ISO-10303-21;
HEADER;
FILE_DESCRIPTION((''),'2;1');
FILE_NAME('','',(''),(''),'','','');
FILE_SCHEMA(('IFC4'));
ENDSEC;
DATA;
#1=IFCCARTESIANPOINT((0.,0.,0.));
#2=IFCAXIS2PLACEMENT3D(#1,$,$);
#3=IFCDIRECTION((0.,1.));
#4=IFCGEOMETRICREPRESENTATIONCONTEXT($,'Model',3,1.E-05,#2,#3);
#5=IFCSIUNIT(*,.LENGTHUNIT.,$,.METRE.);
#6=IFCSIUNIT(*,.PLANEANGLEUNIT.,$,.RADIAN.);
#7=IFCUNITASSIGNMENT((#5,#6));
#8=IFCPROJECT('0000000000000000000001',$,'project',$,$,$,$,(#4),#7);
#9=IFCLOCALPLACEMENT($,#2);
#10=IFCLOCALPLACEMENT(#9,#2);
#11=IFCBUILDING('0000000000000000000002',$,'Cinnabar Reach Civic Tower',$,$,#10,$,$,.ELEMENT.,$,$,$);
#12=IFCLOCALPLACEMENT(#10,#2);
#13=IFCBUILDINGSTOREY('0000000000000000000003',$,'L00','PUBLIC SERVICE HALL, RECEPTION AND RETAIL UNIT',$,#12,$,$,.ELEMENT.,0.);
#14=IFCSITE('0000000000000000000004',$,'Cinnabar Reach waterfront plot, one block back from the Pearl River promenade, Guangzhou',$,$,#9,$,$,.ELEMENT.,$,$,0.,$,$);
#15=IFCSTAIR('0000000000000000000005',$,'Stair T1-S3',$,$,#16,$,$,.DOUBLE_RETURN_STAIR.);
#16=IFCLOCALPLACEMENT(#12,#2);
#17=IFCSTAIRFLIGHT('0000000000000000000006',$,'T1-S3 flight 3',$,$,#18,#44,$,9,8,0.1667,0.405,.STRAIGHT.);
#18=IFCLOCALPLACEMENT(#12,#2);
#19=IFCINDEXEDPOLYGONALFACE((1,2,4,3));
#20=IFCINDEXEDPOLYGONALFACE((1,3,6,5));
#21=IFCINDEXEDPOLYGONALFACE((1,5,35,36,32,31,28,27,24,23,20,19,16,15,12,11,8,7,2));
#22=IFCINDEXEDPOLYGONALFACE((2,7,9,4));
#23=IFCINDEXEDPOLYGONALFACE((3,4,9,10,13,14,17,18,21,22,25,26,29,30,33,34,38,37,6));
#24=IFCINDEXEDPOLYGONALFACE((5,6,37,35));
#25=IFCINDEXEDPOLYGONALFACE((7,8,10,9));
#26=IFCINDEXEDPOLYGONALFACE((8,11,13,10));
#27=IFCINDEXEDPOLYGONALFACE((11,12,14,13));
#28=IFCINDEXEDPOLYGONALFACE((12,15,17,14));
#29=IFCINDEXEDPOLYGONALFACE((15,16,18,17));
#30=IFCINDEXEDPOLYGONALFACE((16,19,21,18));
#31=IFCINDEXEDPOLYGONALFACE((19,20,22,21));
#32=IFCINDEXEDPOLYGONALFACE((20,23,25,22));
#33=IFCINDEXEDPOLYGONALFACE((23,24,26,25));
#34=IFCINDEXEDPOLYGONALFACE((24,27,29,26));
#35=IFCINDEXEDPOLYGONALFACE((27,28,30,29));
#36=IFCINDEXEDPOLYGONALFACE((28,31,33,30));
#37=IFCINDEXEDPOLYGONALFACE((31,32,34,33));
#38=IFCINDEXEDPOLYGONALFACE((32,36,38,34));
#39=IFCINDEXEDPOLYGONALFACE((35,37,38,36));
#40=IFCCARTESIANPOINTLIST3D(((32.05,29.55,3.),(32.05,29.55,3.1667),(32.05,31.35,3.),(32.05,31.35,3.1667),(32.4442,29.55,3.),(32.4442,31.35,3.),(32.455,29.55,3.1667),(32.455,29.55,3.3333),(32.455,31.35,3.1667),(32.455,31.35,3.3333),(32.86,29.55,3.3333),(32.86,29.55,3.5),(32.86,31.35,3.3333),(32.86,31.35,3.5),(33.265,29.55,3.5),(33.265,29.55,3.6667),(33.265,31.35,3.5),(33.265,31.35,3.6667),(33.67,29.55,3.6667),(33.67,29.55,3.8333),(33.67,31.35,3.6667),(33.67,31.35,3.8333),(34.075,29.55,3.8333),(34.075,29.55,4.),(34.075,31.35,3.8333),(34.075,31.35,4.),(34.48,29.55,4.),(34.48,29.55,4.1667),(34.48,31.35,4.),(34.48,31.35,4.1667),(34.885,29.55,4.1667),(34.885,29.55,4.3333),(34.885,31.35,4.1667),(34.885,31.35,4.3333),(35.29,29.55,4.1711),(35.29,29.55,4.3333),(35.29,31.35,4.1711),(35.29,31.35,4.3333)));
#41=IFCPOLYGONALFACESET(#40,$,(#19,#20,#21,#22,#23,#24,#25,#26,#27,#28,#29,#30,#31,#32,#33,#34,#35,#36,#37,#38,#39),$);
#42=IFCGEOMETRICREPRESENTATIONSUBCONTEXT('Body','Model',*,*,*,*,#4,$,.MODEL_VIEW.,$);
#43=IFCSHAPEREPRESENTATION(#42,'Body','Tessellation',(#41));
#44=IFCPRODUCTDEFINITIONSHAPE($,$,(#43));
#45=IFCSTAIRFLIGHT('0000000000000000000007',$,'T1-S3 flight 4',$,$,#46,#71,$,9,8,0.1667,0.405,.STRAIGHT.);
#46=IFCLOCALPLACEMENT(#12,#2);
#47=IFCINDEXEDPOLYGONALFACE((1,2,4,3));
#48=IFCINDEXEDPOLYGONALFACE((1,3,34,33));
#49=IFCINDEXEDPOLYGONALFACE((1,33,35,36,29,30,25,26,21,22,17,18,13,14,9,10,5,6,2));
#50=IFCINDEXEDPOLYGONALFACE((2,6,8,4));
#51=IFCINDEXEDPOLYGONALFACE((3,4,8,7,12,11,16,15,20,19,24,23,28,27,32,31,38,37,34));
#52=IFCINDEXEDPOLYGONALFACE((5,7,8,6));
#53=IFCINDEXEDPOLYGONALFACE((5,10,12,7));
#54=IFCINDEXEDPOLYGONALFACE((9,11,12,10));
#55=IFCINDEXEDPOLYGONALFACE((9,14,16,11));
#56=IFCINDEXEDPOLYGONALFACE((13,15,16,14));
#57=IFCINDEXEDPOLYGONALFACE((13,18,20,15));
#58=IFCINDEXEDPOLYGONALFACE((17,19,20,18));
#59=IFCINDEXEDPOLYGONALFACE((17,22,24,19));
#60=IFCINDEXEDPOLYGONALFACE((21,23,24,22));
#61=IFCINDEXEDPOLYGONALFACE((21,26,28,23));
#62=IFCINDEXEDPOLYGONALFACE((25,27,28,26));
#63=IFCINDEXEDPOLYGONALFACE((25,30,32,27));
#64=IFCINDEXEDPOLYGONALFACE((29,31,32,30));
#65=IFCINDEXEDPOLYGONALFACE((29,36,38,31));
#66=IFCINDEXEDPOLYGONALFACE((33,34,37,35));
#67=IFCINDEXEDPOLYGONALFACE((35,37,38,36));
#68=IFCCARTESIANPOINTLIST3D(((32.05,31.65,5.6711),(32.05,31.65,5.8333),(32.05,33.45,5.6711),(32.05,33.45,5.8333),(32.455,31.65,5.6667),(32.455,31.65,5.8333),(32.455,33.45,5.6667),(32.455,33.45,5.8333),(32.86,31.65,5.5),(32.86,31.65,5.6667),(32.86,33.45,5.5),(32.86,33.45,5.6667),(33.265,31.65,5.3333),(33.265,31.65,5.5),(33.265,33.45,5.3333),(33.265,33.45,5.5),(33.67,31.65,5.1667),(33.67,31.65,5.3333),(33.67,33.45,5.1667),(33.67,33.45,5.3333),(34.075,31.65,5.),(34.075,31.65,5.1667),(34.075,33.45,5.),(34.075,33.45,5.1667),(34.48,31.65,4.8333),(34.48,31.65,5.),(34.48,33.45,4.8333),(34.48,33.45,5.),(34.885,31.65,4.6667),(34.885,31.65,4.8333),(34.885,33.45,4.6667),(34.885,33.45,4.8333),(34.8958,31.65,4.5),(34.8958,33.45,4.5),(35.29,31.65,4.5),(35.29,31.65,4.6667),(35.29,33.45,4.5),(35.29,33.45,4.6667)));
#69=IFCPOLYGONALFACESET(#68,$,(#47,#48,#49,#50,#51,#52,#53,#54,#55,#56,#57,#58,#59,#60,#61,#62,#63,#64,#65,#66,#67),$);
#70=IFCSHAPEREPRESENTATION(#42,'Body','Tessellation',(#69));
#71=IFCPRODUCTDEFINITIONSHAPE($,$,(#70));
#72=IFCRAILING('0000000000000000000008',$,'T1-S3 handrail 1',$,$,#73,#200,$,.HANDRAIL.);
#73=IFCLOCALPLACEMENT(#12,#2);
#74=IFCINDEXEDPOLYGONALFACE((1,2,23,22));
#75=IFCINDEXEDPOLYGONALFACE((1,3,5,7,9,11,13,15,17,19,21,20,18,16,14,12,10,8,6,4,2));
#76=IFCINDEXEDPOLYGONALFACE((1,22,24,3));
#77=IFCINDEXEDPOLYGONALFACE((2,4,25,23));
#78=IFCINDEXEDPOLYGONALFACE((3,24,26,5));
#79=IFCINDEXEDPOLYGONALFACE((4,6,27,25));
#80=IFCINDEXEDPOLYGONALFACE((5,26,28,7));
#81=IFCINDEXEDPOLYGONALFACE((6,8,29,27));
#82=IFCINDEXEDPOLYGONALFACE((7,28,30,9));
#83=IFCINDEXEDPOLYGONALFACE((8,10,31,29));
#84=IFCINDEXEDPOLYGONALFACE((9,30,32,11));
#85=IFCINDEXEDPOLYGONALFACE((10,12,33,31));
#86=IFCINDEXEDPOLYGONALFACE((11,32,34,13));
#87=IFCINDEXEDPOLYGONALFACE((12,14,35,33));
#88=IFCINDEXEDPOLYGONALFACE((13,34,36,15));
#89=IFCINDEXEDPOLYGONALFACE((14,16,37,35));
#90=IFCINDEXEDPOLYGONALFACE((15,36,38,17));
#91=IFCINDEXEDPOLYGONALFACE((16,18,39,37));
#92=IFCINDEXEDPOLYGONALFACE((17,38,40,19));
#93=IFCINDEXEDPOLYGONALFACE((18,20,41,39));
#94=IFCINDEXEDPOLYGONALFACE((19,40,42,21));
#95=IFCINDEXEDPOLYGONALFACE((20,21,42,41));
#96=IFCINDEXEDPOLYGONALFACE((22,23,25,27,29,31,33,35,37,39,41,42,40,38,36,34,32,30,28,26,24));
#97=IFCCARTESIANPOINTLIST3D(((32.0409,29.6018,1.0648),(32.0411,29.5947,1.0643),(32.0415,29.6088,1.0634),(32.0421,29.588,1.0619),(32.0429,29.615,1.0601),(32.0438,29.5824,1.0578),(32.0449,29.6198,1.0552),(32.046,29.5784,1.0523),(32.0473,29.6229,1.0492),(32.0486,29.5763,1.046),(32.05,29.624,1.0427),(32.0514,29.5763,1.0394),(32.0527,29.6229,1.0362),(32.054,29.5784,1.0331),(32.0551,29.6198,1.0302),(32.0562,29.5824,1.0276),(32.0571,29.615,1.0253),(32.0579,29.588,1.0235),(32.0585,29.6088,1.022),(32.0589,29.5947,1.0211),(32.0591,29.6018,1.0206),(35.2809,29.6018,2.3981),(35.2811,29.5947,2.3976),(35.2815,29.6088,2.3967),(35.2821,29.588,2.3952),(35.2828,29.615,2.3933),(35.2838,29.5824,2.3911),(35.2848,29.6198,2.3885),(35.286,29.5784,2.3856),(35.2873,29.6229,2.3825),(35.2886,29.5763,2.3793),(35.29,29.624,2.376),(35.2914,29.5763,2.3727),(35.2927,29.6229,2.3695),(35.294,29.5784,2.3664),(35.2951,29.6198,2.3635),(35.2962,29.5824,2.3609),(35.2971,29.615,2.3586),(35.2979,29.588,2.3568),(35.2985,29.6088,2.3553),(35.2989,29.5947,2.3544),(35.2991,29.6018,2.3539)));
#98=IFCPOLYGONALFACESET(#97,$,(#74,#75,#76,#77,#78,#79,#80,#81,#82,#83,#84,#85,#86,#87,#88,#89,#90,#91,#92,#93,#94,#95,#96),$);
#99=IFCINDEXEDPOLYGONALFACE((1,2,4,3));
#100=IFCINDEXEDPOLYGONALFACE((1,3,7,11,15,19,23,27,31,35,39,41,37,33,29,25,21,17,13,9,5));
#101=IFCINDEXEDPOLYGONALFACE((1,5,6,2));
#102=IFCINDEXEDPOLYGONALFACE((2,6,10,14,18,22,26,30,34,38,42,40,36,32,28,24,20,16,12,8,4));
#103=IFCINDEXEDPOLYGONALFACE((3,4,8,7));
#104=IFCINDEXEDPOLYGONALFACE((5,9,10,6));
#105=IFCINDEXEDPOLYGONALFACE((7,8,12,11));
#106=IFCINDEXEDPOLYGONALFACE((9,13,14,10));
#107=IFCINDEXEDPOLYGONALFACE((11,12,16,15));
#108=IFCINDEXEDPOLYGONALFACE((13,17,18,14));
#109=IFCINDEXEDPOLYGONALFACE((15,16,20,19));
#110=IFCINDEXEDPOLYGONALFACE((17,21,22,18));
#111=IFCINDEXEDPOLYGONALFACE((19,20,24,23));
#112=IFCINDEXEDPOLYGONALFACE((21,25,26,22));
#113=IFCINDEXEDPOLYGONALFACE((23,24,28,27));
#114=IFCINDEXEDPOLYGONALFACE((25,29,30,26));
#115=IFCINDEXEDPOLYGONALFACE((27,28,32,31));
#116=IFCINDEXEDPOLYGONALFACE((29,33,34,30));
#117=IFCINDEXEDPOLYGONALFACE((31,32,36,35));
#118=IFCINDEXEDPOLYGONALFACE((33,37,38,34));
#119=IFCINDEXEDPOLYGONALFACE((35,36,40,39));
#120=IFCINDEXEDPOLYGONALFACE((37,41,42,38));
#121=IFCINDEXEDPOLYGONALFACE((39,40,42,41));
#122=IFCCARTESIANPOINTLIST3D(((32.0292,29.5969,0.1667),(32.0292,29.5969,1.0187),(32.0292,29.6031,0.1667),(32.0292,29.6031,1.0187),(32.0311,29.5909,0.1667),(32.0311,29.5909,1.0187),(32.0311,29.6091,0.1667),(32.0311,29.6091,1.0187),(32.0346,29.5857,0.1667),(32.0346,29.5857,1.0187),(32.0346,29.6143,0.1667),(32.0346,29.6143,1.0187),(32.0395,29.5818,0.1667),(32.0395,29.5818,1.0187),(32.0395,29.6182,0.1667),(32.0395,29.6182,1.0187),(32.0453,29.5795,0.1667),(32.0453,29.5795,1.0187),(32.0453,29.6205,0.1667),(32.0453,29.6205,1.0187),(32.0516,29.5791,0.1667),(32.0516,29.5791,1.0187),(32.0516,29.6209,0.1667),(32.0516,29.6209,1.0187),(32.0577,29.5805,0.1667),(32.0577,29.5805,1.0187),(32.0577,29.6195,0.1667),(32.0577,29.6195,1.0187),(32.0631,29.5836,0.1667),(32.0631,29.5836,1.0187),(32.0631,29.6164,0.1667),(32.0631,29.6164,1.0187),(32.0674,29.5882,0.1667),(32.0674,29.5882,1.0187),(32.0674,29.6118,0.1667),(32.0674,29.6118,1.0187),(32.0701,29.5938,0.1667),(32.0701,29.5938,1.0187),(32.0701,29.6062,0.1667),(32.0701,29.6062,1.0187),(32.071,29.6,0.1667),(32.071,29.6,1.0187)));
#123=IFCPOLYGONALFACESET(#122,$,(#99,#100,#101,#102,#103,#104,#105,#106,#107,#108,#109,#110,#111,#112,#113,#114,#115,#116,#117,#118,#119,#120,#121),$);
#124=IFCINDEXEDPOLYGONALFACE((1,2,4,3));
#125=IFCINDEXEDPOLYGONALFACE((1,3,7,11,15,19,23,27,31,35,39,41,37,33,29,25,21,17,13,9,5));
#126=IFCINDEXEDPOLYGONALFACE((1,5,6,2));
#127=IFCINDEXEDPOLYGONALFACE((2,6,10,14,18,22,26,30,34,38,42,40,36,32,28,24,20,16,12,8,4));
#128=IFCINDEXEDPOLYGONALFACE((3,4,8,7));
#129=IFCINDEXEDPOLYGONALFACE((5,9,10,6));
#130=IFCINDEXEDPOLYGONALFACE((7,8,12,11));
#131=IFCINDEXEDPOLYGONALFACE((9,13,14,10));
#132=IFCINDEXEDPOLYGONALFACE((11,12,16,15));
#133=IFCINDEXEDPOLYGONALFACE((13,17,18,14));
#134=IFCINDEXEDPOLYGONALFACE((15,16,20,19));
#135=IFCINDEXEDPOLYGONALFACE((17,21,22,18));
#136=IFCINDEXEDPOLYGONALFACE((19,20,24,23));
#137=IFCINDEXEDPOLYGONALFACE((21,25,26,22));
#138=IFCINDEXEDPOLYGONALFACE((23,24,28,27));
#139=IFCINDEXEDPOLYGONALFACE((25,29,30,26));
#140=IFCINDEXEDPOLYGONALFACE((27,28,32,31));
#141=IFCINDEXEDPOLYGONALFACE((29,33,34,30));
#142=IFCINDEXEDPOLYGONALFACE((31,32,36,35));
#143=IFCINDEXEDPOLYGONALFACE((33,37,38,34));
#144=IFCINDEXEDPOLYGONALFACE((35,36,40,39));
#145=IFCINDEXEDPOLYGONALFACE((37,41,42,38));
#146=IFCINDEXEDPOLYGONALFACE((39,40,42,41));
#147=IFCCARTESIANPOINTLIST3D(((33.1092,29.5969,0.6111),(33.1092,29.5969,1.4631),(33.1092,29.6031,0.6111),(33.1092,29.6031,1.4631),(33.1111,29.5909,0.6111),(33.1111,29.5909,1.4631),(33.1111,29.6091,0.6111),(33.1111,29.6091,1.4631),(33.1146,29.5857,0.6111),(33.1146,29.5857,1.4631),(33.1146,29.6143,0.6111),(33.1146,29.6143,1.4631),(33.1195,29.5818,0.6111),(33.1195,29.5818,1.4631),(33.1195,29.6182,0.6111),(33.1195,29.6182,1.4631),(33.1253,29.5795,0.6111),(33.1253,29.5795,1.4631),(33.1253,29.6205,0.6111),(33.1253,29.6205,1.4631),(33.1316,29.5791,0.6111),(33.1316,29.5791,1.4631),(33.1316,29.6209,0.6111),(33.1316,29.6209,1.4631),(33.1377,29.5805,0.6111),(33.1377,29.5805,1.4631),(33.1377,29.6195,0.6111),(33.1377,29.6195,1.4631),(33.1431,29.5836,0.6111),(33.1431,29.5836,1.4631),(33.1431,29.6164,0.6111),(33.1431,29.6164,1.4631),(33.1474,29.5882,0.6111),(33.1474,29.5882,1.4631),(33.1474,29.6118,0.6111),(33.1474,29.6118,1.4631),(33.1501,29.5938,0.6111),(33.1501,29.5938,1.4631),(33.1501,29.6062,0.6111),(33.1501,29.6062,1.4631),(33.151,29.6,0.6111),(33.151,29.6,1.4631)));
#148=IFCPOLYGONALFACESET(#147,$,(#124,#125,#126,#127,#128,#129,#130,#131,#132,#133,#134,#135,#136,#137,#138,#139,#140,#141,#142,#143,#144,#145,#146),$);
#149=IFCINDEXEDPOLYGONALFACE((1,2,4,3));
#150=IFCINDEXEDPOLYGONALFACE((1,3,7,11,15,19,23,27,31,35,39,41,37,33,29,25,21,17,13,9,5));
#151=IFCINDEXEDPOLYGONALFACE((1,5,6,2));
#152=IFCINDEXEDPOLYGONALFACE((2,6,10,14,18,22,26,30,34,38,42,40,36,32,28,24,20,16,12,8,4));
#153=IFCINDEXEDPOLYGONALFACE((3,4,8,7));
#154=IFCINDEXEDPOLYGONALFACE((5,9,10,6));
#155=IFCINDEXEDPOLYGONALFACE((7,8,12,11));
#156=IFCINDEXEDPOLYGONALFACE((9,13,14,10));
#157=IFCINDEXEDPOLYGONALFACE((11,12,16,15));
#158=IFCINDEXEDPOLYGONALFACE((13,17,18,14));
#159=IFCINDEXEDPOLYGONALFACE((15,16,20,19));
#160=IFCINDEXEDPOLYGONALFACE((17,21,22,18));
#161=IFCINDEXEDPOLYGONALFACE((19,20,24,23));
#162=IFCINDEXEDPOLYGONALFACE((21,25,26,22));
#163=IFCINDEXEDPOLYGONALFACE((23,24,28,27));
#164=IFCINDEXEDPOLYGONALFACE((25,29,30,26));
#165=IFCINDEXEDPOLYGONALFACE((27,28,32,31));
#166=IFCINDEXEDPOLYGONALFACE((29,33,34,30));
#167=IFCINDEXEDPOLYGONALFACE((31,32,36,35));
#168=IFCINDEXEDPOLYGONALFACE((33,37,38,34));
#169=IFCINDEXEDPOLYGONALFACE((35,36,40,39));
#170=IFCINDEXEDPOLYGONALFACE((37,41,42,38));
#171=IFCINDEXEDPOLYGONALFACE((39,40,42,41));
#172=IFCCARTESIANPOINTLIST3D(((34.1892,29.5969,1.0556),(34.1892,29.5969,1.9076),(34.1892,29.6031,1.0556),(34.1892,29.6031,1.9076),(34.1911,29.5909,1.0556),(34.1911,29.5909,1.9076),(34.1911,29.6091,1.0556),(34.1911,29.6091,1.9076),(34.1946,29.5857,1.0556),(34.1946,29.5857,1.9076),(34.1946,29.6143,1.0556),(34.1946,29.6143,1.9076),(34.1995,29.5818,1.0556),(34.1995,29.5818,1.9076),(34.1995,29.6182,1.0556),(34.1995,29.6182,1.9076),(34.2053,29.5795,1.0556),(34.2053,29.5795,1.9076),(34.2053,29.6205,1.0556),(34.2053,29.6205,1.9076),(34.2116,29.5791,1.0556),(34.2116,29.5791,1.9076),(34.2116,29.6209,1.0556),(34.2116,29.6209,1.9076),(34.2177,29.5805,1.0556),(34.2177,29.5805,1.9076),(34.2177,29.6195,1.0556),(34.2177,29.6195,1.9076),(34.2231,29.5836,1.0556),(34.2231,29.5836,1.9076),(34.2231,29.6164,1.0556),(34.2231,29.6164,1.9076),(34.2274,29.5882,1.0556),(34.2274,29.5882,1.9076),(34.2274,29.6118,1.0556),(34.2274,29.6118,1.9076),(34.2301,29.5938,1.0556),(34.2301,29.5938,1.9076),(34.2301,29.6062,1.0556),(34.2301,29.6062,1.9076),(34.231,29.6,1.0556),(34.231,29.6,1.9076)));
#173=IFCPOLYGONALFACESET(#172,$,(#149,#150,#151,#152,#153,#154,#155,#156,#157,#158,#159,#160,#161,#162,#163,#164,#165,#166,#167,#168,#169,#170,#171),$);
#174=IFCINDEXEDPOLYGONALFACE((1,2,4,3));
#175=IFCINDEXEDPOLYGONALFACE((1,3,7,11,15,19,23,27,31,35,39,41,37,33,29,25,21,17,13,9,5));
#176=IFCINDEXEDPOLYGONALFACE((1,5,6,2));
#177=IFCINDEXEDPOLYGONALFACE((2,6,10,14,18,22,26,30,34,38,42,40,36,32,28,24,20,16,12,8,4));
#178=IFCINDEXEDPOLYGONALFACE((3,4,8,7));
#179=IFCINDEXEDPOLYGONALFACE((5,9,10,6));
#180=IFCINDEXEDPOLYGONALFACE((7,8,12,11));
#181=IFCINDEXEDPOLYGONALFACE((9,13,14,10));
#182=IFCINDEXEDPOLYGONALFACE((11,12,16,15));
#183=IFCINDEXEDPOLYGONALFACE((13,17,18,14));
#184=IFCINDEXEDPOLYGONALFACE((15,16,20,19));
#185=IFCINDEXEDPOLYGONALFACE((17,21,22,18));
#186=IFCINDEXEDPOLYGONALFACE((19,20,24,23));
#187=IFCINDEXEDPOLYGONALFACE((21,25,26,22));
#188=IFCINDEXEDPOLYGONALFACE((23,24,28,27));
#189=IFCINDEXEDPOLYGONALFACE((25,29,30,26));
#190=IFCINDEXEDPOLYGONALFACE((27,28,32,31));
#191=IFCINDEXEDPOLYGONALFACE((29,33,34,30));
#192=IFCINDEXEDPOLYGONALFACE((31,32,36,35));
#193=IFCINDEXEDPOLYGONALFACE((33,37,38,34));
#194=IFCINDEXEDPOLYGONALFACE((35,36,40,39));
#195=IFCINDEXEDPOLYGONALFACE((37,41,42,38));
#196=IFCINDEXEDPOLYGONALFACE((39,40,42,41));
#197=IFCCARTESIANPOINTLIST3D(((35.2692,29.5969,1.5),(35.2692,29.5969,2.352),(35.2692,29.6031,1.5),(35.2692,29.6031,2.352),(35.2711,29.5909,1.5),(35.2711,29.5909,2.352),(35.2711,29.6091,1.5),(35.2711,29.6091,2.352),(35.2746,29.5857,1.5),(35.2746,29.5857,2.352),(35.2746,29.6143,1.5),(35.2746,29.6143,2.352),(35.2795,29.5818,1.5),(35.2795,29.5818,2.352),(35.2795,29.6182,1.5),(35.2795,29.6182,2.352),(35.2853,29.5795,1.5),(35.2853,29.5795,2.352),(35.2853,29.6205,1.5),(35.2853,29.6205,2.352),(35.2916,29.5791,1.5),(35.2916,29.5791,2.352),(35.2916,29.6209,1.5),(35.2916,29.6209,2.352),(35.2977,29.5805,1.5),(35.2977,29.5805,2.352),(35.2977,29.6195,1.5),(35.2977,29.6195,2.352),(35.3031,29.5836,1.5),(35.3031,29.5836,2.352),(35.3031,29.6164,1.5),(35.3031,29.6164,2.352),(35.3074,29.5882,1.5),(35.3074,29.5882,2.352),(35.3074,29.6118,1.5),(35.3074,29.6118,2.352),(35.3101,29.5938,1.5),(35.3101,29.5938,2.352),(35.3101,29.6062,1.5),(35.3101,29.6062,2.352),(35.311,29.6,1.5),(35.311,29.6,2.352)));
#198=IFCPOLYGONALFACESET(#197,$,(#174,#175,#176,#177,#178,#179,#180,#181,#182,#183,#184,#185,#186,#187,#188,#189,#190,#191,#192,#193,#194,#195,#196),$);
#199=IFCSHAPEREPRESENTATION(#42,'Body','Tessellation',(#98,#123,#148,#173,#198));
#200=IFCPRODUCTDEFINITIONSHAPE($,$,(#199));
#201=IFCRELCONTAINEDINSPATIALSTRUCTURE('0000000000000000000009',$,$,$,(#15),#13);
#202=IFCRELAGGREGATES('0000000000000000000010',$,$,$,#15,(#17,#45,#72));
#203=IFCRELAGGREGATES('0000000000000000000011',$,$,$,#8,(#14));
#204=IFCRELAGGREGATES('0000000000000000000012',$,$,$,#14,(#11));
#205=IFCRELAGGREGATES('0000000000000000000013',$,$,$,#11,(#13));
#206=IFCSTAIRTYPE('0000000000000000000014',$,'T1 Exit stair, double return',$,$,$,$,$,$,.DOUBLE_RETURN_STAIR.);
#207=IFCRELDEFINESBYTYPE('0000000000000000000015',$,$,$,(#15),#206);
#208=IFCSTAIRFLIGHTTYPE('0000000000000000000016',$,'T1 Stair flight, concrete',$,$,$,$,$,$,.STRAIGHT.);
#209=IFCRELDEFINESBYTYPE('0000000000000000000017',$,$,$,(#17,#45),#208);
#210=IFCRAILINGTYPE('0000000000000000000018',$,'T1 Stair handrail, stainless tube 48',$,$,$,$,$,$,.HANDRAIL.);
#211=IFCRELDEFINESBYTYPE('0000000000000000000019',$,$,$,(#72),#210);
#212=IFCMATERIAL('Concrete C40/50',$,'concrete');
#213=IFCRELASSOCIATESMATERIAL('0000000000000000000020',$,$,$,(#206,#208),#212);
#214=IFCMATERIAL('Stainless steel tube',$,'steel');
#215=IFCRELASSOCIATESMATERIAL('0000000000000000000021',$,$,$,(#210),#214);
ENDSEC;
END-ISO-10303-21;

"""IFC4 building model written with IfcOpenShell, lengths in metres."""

from ifc_helpers import new_model, si_unit, direction, frame, origin, origin_2d, place, context, subcontext, project, spatial, polyline, circle, outline, extrude, material, type_object, element, aggregate, save


model = new_model("IFC4")

# Units and contexts
model_context = context("Model", 3, precision=1e-05, world=origin(), true_north=direction((0.0, 1.0)))
body_context = subcontext(model_context, "Body", "Model", "MODEL_VIEW")
ifc_project = project(units=[si_unit("LENGTHUNIT", "METRE"), si_unit("PLANEANGLEUNIT", "RADIAN")], contexts=[model_context])

# Site, building, storey
site_placement = place(None, origin())
site = spatial("IfcSite", under=ifc_project, at=site_placement, Name="Cinnabar Reach waterfront plot, one block back from the Pearl River promenade, Guangzhou", CompositionType="ELEMENT", RefElevation=0.0)
building_placement = place(site_placement, origin())
building = spatial("IfcBuilding", under=site, at=building_placement, Name="Cinnabar Reach Civic Tower", CompositionType="ELEMENT")
storey_placement = place(building_placement, origin())
storey = spatial("IfcBuildingStorey", under=building, at=storey_placement, Name="L00", Description="PUBLIC SERVICE HALL, RECEPTION AND RETAIL UNIT", CompositionType="ELEMENT", Elevation=0.0)

# Stair, stair flights, railing
ifc_material_1 = material(Name="Concrete C40/50", Category="concrete")
stair_type = type_object("IfcStairType", Name="T1 Exit stair, double return", PredefinedType="DOUBLE_RETURN_STAIR", material=ifc_material_1)
stair_placement = place(storey_placement, origin())
stair = element("IfcStair", 1, at=stair_placement, inside=storey, type_object=stair_type, Name="Stair T1-S3", PredefinedType="DOUBLE_RETURN_STAIR")
stair_flight_type = type_object("IfcStairFlightType", Name="T1 Stair flight, concrete", PredefinedType="STRAIGHT", material=ifc_material_1)
stair_flight_1_placement = place(storey_placement, frame((32.05, 30.45, 3.0), z_axis=(0.0, 0.0, 1.0), x_axis=(1.0, 0.0, 0.0)))
stair_flight_1 = element("IfcStairFlight", 2, at=stair_flight_1_placement, type_object=stair_flight_type, Name="T1-S3 flight 3", NumberOfRisers=9, NumberOfTreads=8, PredefinedType="STRAIGHT", RiserHeight=0.1667, TreadLength=0.405, context=body_context, shape_type="SweptSolid", body=[
    extrude(outline(polyline([(0.0, 0.0), (0.0, 0.1667), (0.405, 0.1667), (0.405, 0.3333), (0.81, 0.3333), (0.81, 0.5), (1.215, 0.5), (1.215, 0.6667), (1.62, 0.6667), (1.62, 0.8333), (2.025, 0.8333), (2.025, 1.0), (2.43, 1.0), (2.43, 1.1667), (2.835, 1.1667), (2.835, 1.3333), (3.24, 1.3333), (3.24, 1.5), (3.24, 1.1711), (0.3942, 0.0), (0.0, 0.0)])), frame((0.0, 0.9, 0.0), z_axis=(0.0, -1.0, 0.0), x_axis=(1.0, 0.0, 0.0)), (0.0, 0.0, 1.0), 1.8),
])
stair_flight_2_placement = place(storey_placement, frame((35.29, 32.55, 4.5), z_axis=(0.0, 0.0, 1.0), x_axis=(-1.0, 0.0, 0.0)))
stair_flight_2 = element("IfcStairFlight", 3, at=stair_flight_2_placement, type_object=stair_flight_type, Name="T1-S3 flight 4", NumberOfRisers=9, NumberOfTreads=8, PredefinedType="STRAIGHT", RiserHeight=0.1667, TreadLength=0.405, context=body_context, shape_type="SweptSolid", body=[
    extrude(outline(polyline([(0.0, 0.0), (0.0, 0.1667), (0.405, 0.1667), (0.405, 0.3333), (0.81, 0.3333), (0.81, 0.5), (1.215, 0.5), (1.215, 0.6667), (1.62, 0.6667), (1.62, 0.8333), (2.025, 0.8333), (2.025, 1.0), (2.43, 1.0), (2.43, 1.1667), (2.835, 1.1667), (2.835, 1.3333), (3.24, 1.3333), (3.24, 1.5), (3.24, 1.1711), (0.3942, 0.0), (0.0, 0.0)])), frame((0.0, 0.9, 0.0), z_axis=(0.0, -1.0, 0.0), x_axis=(1.0, 0.0, 0.0)), (0.0, 0.0, 1.0), 1.8),
])
ifc_material_2 = material(Name="Stainless steel tube", Category="steel")
railing_type = type_object("IfcRailingType", Name="T1 Stair handrail, stainless tube 48", PredefinedType="HANDRAIL", material=ifc_material_2)
railing_1_placement = place(storey_placement, frame((32.05, 29.6, 0.1667)))
railing_1 = element("IfcRailing", 4, at=railing_1_placement, type_object=railing_type, Name="T1-S3 handrail 1", PredefinedType="HANDRAIL", context=body_context, shape_type="SweptSolid", body=[
    extrude(circle(Radius=0.024, at=origin_2d()), frame((0.0, 0.0, 0.876), z_axis=(0.92476, 0.0, 0.38055), x_axis=(0.0, 1.0, 0.0)), (0.0, 0.0, 1.0), 3.5036),
    extrude(circle(Radius=0.021, at=origin_2d()), origin(), (0.0, 0.0, 1.0), 0.852),
    extrude(circle(Radius=0.021, at=origin_2d()), frame((1.08, 0.0, 0.4444)), (0.0, 0.0, 1.0), 0.852),
    extrude(circle(Radius=0.021, at=origin_2d()), frame((2.16, 0.0, 0.8889)), (0.0, 0.0, 1.0), 0.852),
    extrude(circle(Radius=0.021, at=origin_2d()), frame((3.24, 0.0, 1.3333)), (0.0, 0.0, 1.0), 0.852),
])
aggregate(stair, [stair_flight_1, stair_flight_2, railing_1])

save(model, "model.ifc")
